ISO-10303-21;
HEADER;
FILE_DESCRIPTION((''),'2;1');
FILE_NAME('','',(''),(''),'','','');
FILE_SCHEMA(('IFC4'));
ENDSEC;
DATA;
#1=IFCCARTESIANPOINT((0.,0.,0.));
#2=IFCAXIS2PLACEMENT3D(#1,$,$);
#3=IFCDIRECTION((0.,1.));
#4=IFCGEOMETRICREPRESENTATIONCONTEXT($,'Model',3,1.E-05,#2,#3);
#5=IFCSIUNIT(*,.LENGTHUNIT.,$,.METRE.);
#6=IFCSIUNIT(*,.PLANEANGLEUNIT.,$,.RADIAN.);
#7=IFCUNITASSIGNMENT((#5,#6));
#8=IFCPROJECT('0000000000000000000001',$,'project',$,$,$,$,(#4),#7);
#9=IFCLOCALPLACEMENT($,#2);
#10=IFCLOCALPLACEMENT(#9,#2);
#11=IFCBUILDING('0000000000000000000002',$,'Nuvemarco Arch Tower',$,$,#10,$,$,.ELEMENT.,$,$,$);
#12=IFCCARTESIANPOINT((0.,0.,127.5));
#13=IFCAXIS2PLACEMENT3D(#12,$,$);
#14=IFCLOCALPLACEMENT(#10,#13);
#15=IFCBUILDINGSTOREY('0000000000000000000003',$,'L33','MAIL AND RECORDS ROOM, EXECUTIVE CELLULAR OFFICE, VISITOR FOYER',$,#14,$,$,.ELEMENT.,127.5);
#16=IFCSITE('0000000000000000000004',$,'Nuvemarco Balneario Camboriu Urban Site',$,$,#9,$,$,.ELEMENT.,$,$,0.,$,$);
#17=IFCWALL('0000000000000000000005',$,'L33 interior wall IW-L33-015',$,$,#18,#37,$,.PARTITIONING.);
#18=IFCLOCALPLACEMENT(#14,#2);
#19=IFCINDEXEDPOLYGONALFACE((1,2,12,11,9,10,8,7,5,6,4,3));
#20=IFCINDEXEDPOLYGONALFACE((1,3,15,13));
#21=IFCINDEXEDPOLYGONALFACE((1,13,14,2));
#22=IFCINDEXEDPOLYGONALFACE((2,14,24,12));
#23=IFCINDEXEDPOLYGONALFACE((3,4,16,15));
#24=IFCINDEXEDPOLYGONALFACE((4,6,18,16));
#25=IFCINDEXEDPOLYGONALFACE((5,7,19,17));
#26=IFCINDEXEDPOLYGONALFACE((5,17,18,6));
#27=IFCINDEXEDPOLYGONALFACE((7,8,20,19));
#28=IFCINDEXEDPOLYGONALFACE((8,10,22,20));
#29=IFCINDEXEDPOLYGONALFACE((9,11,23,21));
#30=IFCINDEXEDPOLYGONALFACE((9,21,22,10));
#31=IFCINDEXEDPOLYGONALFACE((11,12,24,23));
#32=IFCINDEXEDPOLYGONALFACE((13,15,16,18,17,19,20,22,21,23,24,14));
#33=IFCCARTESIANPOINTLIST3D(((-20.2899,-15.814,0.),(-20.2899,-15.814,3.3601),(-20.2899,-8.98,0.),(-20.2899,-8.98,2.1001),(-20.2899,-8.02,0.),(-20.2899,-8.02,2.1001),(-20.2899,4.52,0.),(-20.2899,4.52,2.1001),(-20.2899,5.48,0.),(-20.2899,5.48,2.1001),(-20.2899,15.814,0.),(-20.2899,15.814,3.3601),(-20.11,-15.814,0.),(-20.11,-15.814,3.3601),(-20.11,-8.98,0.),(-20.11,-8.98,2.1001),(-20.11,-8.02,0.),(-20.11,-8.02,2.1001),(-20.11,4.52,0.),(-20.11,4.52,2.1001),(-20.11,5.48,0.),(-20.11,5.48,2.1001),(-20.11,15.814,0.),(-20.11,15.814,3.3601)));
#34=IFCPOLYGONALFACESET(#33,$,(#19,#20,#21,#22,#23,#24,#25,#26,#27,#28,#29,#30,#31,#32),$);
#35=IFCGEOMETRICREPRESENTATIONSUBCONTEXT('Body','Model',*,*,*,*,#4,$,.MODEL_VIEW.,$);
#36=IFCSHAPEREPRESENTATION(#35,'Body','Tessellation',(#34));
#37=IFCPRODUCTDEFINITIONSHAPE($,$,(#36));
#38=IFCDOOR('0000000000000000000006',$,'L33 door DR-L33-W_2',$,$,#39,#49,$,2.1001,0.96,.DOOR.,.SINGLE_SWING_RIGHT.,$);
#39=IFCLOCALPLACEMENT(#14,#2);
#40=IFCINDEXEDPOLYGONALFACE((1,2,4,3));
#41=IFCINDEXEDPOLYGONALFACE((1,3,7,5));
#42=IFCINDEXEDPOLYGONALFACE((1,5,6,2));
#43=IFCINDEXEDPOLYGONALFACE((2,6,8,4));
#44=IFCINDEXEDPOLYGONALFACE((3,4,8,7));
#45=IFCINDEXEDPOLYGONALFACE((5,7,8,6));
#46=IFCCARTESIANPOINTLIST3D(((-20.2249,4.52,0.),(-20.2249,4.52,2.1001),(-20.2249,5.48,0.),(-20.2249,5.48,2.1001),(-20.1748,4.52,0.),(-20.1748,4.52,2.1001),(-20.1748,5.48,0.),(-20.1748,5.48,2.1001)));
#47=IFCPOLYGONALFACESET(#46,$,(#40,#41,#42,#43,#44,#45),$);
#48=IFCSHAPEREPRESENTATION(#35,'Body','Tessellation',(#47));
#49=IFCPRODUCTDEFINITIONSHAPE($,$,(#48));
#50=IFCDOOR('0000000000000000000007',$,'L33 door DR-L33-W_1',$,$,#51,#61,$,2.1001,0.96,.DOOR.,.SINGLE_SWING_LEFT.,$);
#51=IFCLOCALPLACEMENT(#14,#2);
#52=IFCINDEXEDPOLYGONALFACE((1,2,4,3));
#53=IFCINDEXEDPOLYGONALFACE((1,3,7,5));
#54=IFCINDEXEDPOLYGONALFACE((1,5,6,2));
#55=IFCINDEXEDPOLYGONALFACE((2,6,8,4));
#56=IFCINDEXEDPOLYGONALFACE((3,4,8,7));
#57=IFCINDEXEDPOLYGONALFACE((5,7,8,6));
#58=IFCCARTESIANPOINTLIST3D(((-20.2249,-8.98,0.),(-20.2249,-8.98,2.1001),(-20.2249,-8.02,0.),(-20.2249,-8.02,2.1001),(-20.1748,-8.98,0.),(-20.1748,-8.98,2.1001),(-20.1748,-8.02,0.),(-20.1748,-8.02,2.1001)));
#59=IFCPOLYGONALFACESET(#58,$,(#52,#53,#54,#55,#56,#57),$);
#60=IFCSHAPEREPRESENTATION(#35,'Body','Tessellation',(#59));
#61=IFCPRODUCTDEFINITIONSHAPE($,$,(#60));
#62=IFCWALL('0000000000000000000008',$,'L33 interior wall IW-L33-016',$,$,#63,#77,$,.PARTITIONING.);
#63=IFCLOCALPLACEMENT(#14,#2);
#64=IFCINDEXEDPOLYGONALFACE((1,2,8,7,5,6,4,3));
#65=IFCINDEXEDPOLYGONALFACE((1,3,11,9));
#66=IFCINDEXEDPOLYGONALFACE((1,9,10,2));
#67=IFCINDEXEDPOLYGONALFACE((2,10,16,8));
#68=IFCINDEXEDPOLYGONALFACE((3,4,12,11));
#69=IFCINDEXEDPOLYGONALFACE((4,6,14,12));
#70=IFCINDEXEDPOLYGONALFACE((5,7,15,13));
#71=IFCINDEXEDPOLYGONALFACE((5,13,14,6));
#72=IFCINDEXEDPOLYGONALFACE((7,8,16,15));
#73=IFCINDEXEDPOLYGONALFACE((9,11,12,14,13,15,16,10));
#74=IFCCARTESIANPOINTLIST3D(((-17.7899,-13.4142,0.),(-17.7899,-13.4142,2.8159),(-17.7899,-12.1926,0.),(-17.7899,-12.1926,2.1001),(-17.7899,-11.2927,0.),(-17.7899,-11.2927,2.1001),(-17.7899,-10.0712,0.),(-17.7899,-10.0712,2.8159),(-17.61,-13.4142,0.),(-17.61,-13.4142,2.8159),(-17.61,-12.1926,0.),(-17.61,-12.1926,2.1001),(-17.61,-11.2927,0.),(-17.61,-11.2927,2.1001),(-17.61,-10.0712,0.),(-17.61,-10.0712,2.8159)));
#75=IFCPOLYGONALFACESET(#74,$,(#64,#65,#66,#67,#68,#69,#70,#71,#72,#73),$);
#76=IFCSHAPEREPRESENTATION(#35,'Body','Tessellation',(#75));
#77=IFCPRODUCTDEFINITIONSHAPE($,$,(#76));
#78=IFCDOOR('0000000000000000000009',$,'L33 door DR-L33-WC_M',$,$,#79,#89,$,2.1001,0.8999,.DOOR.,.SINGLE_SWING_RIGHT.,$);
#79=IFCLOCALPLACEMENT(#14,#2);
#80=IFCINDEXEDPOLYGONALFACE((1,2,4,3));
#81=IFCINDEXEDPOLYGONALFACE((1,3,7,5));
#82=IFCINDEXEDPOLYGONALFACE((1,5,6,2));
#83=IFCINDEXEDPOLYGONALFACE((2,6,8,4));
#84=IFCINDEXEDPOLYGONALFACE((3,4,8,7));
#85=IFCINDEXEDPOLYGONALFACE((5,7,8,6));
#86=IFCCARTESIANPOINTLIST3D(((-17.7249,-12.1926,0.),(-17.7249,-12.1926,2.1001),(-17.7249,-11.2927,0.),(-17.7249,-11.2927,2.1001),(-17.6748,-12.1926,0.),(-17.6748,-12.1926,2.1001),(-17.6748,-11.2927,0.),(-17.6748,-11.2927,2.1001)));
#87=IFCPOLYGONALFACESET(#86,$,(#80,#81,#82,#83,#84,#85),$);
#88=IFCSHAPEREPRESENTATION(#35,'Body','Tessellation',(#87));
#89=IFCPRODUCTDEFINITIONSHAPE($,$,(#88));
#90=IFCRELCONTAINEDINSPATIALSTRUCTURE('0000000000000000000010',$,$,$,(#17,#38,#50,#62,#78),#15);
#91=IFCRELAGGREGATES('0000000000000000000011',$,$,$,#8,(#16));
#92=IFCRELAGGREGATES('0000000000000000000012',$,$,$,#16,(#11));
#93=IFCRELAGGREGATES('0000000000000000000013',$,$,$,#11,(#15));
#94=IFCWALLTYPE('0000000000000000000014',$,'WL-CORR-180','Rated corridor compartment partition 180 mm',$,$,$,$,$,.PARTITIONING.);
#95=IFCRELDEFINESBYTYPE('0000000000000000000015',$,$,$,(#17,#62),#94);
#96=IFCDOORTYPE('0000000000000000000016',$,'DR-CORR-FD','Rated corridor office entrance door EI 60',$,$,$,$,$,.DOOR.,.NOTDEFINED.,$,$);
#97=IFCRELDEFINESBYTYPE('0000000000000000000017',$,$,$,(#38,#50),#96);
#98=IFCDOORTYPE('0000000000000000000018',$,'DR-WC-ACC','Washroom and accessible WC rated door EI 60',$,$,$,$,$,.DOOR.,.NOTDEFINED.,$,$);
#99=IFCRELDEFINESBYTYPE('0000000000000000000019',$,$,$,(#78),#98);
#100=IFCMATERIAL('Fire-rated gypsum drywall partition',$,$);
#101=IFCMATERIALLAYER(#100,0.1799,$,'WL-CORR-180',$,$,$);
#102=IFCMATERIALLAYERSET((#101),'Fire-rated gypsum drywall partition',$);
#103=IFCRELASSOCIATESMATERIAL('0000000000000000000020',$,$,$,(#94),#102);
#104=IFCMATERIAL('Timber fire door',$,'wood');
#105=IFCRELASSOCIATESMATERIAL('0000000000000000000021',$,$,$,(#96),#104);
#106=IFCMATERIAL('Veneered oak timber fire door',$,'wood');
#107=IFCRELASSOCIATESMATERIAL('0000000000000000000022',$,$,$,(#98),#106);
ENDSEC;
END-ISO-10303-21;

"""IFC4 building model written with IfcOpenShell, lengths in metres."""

from ifc_helpers import new_model, si_unit, direction, frame, frame_2d, origin, place, context, subcontext, project, spatial, rectangle, extrude, source, transform, mapped, material, layer, layer_set, type_object, type_shapes, element, fill, save


model = new_model("IFC4")

# Units and contexts
model_context = context("Model", 3, precision=1e-05, world=origin(), true_north=direction((0.0, 1.0)))
body_context = subcontext(model_context, "Body", "Model", "MODEL_VIEW")
ifc_project = project(units=[si_unit("LENGTHUNIT", "METRE"), si_unit("PLANEANGLEUNIT", "RADIAN")], contexts=[model_context])

# Site, building, storey
site_placement = place(None, origin())
site = spatial("IfcSite", under=ifc_project, at=site_placement, Name="Nuvemarco Balneario Camboriu Urban Site", CompositionType="ELEMENT", RefElevation=0.0)
building_placement = place(site_placement, origin())
building = spatial("IfcBuilding", under=site, at=building_placement, Name="Nuvemarco Arch Tower", CompositionType="ELEMENT")
storey_placement = place(building_placement, frame((0.0, 0.0, 127.5)))
storey = spatial("IfcBuildingStorey", under=building, at=storey_placement, Name="L33", Description="MAIL AND RECORDS ROOM, EXECUTIVE CELLULAR OFFICE, VISITOR FOYER", CompositionType="ELEMENT", Elevation=127.5)

# Wall, openings, doors
ifc_material_1 = material(Name="Fire-rated gypsum drywall partition")
ifc_layer = layer(ifc_material_1, 0.1799, Name="WL-CORR-180")
ifc_layer_set = layer_set([ifc_layer], Name="Fire-rated gypsum drywall partition")
wall_type = type_object("IfcWallType", Name="WL-CORR-180", Description="Rated corridor compartment partition 180 mm", PredefinedType="PARTITIONING", material=ifc_layer_set)
ifc_material_2 = material(Name="Timber fire door", Category="wood")
door_type_1 = type_object("IfcDoorType", Name="DR-CORR-FD", Description="Rated corridor office entrance door EI 60", OperationType="NOTDEFINED", PredefinedType="DOOR", material=ifc_material_2)
shared_shape_1 = source(origin(), body_context, "Body", "SweptSolid", [
    extrude(rectangle(XDim=0.96, YDim=2.1001, at=frame_2d((0.48, 1.05))), frame((0.0, 0.0249, 0.0), z_axis=(0.0, -1.0, 0.0), x_axis=(1.0, 0.0, 0.0)), (0.0, 0.0, 1.0), 0.05),
])
type_shapes(door_type_1, [shared_shape_1])
ifc_material_3 = material(Name="Veneered oak timber fire door", Category="wood")
door_type_2 = type_object("IfcDoorType", Name="DR-WC-ACC", Description="Washroom and accessible WC rated door EI 60", OperationType="NOTDEFINED", PredefinedType="DOOR", material=ifc_material_3)
shared_shape_2 = source(origin(), body_context, "Body", "SweptSolid", [
    extrude(rectangle(XDim=0.8999, YDim=2.1001, at=frame_2d((0.45, 1.05))), frame((0.0, 0.0249, 0.0), z_axis=(0.0, -1.0, 0.0), x_axis=(1.0, 0.0, 0.0)), (0.0, 0.0, 1.0), 0.05),
])
type_shapes(door_type_2, [shared_shape_2])
wall_1_placement = place(storey_placement, frame((-20.2, -15.814, 0.0), z_axis=(0.0, 0.0, 1.0), x_axis=(0.0, 1.0, 0.0)))
wall_1 = element("IfcWall", 1, at=wall_1_placement, inside=storey, type_object=wall_type, Name="L33 interior wall IW-L33-015", PredefinedType="PARTITIONING", context=body_context, shape_type="SweptSolid", body=[
    extrude(rectangle(XDim=31.6279, YDim=0.1799, at=frame_2d((15.814, 0.0))), origin(), (0.0, 0.0, 1.0), 3.3601),
])
opening_1_placement = place(wall_1_placement, frame((20.334, 0.0, 0.0)))
opening_1 = element("IfcOpeningElement", 2, at=opening_1_placement, cuts=wall_1, PredefinedType="OPENING", context=body_context, shape_type="SweptSolid", body=[
    extrude(rectangle(XDim=0.96, YDim=2.1001, at=frame_2d((0.48, 1.05))), frame((0.0, 0.0999, 0.0), z_axis=(0.0, -1.0, 0.0), x_axis=(1.0, 0.0, 0.0)), (0.0, 0.0, 1.0), 0.2),
])
opening_2_placement = place(wall_1_placement, frame((6.834, 0.0, 0.0)))
opening_2 = element("IfcOpeningElement", 3, at=opening_2_placement, cuts=wall_1, PredefinedType="OPENING", context=body_context, shape_type="SweptSolid", body=[
    extrude(rectangle(XDim=0.96, YDim=2.1001, at=frame_2d((0.48, 1.05))), frame((0.0, 0.0999, 0.0), z_axis=(0.0, -1.0, 0.0), x_axis=(1.0, 0.0, 0.0)), (0.0, 0.0, 1.0), 0.2),
])
door_1_placement = place(opening_1_placement, origin())
door_1 = element("IfcDoor", 4, at=door_1_placement, inside=storey, type_object=door_type_1, Name="L33 door DR-L33-W_2", OperationType="SINGLE_SWING_RIGHT", OverallHeight=2.1001, OverallWidth=0.96, PredefinedType="DOOR", context=body_context, shape_type="MappedRepresentation", body=[
    mapped(shared_shape_1, transform((0.0, 0.0, 0.0), scale=1.0)),
])
fill(opening_1, door_1)
door_2_placement = place(opening_2_placement, origin())
door_2 = element("IfcDoor", 5, at=door_2_placement, inside=storey, type_object=door_type_1, Name="L33 door DR-L33-W_1", OperationType="SINGLE_SWING_LEFT", OverallHeight=2.1001, OverallWidth=0.96, PredefinedType="DOOR", context=body_context, shape_type="MappedRepresentation", body=[
    mapped(shared_shape_1, transform((0.0, 0.0, 0.0), scale=1.0)),
])
fill(opening_2, door_2)

# Wall, opening, door
wall_2_placement = place(storey_placement, frame((-17.7, -13.4141, 0.0), z_axis=(0.0, 0.0, 1.0), x_axis=(0.0, 1.0, 0.0)))
wall_2 = element("IfcWall", 6, at=wall_2_placement, inside=storey, type_object=wall_type, Name="L33 interior wall IW-L33-016", PredefinedType="PARTITIONING", context=body_context, shape_type="SweptSolid", body=[
    extrude(rectangle(XDim=3.343, YDim=0.1799, at=frame_2d((1.6714, 0.0))), origin(), (0.0, 0.0, 1.0), 2.8159),
])
opening_3_placement = place(wall_2_placement, frame((1.2214, 0.0, 0.0)))
opening_3 = element("IfcOpeningElement", 7, at=opening_3_placement, cuts=wall_2, PredefinedType="OPENING", context=body_context, shape_type="SweptSolid", body=[
    extrude(rectangle(XDim=0.8999, YDim=2.1001, at=frame_2d((0.45, 1.05))), frame((0.0, 0.0999, 0.0), z_axis=(0.0, -1.0, 0.0), x_axis=(1.0, 0.0, 0.0)), (0.0, 0.0, 1.0), 0.2),
])
door_3_placement = place(opening_3_placement, origin())
door_3 = element("IfcDoor", 8, at=door_3_placement, inside=storey, type_object=door_type_2, Name="L33 door DR-L33-WC_M", OperationType="SINGLE_SWING_RIGHT", OverallHeight=2.1001, OverallWidth=0.8999, PredefinedType="DOOR", context=body_context, shape_type="MappedRepresentation", body=[
    mapped(shared_shape_2, transform((0.0, 0.0, 0.0), scale=1.0)),
])
fill(opening_3, door_3)

save(model, "model.ifc")
